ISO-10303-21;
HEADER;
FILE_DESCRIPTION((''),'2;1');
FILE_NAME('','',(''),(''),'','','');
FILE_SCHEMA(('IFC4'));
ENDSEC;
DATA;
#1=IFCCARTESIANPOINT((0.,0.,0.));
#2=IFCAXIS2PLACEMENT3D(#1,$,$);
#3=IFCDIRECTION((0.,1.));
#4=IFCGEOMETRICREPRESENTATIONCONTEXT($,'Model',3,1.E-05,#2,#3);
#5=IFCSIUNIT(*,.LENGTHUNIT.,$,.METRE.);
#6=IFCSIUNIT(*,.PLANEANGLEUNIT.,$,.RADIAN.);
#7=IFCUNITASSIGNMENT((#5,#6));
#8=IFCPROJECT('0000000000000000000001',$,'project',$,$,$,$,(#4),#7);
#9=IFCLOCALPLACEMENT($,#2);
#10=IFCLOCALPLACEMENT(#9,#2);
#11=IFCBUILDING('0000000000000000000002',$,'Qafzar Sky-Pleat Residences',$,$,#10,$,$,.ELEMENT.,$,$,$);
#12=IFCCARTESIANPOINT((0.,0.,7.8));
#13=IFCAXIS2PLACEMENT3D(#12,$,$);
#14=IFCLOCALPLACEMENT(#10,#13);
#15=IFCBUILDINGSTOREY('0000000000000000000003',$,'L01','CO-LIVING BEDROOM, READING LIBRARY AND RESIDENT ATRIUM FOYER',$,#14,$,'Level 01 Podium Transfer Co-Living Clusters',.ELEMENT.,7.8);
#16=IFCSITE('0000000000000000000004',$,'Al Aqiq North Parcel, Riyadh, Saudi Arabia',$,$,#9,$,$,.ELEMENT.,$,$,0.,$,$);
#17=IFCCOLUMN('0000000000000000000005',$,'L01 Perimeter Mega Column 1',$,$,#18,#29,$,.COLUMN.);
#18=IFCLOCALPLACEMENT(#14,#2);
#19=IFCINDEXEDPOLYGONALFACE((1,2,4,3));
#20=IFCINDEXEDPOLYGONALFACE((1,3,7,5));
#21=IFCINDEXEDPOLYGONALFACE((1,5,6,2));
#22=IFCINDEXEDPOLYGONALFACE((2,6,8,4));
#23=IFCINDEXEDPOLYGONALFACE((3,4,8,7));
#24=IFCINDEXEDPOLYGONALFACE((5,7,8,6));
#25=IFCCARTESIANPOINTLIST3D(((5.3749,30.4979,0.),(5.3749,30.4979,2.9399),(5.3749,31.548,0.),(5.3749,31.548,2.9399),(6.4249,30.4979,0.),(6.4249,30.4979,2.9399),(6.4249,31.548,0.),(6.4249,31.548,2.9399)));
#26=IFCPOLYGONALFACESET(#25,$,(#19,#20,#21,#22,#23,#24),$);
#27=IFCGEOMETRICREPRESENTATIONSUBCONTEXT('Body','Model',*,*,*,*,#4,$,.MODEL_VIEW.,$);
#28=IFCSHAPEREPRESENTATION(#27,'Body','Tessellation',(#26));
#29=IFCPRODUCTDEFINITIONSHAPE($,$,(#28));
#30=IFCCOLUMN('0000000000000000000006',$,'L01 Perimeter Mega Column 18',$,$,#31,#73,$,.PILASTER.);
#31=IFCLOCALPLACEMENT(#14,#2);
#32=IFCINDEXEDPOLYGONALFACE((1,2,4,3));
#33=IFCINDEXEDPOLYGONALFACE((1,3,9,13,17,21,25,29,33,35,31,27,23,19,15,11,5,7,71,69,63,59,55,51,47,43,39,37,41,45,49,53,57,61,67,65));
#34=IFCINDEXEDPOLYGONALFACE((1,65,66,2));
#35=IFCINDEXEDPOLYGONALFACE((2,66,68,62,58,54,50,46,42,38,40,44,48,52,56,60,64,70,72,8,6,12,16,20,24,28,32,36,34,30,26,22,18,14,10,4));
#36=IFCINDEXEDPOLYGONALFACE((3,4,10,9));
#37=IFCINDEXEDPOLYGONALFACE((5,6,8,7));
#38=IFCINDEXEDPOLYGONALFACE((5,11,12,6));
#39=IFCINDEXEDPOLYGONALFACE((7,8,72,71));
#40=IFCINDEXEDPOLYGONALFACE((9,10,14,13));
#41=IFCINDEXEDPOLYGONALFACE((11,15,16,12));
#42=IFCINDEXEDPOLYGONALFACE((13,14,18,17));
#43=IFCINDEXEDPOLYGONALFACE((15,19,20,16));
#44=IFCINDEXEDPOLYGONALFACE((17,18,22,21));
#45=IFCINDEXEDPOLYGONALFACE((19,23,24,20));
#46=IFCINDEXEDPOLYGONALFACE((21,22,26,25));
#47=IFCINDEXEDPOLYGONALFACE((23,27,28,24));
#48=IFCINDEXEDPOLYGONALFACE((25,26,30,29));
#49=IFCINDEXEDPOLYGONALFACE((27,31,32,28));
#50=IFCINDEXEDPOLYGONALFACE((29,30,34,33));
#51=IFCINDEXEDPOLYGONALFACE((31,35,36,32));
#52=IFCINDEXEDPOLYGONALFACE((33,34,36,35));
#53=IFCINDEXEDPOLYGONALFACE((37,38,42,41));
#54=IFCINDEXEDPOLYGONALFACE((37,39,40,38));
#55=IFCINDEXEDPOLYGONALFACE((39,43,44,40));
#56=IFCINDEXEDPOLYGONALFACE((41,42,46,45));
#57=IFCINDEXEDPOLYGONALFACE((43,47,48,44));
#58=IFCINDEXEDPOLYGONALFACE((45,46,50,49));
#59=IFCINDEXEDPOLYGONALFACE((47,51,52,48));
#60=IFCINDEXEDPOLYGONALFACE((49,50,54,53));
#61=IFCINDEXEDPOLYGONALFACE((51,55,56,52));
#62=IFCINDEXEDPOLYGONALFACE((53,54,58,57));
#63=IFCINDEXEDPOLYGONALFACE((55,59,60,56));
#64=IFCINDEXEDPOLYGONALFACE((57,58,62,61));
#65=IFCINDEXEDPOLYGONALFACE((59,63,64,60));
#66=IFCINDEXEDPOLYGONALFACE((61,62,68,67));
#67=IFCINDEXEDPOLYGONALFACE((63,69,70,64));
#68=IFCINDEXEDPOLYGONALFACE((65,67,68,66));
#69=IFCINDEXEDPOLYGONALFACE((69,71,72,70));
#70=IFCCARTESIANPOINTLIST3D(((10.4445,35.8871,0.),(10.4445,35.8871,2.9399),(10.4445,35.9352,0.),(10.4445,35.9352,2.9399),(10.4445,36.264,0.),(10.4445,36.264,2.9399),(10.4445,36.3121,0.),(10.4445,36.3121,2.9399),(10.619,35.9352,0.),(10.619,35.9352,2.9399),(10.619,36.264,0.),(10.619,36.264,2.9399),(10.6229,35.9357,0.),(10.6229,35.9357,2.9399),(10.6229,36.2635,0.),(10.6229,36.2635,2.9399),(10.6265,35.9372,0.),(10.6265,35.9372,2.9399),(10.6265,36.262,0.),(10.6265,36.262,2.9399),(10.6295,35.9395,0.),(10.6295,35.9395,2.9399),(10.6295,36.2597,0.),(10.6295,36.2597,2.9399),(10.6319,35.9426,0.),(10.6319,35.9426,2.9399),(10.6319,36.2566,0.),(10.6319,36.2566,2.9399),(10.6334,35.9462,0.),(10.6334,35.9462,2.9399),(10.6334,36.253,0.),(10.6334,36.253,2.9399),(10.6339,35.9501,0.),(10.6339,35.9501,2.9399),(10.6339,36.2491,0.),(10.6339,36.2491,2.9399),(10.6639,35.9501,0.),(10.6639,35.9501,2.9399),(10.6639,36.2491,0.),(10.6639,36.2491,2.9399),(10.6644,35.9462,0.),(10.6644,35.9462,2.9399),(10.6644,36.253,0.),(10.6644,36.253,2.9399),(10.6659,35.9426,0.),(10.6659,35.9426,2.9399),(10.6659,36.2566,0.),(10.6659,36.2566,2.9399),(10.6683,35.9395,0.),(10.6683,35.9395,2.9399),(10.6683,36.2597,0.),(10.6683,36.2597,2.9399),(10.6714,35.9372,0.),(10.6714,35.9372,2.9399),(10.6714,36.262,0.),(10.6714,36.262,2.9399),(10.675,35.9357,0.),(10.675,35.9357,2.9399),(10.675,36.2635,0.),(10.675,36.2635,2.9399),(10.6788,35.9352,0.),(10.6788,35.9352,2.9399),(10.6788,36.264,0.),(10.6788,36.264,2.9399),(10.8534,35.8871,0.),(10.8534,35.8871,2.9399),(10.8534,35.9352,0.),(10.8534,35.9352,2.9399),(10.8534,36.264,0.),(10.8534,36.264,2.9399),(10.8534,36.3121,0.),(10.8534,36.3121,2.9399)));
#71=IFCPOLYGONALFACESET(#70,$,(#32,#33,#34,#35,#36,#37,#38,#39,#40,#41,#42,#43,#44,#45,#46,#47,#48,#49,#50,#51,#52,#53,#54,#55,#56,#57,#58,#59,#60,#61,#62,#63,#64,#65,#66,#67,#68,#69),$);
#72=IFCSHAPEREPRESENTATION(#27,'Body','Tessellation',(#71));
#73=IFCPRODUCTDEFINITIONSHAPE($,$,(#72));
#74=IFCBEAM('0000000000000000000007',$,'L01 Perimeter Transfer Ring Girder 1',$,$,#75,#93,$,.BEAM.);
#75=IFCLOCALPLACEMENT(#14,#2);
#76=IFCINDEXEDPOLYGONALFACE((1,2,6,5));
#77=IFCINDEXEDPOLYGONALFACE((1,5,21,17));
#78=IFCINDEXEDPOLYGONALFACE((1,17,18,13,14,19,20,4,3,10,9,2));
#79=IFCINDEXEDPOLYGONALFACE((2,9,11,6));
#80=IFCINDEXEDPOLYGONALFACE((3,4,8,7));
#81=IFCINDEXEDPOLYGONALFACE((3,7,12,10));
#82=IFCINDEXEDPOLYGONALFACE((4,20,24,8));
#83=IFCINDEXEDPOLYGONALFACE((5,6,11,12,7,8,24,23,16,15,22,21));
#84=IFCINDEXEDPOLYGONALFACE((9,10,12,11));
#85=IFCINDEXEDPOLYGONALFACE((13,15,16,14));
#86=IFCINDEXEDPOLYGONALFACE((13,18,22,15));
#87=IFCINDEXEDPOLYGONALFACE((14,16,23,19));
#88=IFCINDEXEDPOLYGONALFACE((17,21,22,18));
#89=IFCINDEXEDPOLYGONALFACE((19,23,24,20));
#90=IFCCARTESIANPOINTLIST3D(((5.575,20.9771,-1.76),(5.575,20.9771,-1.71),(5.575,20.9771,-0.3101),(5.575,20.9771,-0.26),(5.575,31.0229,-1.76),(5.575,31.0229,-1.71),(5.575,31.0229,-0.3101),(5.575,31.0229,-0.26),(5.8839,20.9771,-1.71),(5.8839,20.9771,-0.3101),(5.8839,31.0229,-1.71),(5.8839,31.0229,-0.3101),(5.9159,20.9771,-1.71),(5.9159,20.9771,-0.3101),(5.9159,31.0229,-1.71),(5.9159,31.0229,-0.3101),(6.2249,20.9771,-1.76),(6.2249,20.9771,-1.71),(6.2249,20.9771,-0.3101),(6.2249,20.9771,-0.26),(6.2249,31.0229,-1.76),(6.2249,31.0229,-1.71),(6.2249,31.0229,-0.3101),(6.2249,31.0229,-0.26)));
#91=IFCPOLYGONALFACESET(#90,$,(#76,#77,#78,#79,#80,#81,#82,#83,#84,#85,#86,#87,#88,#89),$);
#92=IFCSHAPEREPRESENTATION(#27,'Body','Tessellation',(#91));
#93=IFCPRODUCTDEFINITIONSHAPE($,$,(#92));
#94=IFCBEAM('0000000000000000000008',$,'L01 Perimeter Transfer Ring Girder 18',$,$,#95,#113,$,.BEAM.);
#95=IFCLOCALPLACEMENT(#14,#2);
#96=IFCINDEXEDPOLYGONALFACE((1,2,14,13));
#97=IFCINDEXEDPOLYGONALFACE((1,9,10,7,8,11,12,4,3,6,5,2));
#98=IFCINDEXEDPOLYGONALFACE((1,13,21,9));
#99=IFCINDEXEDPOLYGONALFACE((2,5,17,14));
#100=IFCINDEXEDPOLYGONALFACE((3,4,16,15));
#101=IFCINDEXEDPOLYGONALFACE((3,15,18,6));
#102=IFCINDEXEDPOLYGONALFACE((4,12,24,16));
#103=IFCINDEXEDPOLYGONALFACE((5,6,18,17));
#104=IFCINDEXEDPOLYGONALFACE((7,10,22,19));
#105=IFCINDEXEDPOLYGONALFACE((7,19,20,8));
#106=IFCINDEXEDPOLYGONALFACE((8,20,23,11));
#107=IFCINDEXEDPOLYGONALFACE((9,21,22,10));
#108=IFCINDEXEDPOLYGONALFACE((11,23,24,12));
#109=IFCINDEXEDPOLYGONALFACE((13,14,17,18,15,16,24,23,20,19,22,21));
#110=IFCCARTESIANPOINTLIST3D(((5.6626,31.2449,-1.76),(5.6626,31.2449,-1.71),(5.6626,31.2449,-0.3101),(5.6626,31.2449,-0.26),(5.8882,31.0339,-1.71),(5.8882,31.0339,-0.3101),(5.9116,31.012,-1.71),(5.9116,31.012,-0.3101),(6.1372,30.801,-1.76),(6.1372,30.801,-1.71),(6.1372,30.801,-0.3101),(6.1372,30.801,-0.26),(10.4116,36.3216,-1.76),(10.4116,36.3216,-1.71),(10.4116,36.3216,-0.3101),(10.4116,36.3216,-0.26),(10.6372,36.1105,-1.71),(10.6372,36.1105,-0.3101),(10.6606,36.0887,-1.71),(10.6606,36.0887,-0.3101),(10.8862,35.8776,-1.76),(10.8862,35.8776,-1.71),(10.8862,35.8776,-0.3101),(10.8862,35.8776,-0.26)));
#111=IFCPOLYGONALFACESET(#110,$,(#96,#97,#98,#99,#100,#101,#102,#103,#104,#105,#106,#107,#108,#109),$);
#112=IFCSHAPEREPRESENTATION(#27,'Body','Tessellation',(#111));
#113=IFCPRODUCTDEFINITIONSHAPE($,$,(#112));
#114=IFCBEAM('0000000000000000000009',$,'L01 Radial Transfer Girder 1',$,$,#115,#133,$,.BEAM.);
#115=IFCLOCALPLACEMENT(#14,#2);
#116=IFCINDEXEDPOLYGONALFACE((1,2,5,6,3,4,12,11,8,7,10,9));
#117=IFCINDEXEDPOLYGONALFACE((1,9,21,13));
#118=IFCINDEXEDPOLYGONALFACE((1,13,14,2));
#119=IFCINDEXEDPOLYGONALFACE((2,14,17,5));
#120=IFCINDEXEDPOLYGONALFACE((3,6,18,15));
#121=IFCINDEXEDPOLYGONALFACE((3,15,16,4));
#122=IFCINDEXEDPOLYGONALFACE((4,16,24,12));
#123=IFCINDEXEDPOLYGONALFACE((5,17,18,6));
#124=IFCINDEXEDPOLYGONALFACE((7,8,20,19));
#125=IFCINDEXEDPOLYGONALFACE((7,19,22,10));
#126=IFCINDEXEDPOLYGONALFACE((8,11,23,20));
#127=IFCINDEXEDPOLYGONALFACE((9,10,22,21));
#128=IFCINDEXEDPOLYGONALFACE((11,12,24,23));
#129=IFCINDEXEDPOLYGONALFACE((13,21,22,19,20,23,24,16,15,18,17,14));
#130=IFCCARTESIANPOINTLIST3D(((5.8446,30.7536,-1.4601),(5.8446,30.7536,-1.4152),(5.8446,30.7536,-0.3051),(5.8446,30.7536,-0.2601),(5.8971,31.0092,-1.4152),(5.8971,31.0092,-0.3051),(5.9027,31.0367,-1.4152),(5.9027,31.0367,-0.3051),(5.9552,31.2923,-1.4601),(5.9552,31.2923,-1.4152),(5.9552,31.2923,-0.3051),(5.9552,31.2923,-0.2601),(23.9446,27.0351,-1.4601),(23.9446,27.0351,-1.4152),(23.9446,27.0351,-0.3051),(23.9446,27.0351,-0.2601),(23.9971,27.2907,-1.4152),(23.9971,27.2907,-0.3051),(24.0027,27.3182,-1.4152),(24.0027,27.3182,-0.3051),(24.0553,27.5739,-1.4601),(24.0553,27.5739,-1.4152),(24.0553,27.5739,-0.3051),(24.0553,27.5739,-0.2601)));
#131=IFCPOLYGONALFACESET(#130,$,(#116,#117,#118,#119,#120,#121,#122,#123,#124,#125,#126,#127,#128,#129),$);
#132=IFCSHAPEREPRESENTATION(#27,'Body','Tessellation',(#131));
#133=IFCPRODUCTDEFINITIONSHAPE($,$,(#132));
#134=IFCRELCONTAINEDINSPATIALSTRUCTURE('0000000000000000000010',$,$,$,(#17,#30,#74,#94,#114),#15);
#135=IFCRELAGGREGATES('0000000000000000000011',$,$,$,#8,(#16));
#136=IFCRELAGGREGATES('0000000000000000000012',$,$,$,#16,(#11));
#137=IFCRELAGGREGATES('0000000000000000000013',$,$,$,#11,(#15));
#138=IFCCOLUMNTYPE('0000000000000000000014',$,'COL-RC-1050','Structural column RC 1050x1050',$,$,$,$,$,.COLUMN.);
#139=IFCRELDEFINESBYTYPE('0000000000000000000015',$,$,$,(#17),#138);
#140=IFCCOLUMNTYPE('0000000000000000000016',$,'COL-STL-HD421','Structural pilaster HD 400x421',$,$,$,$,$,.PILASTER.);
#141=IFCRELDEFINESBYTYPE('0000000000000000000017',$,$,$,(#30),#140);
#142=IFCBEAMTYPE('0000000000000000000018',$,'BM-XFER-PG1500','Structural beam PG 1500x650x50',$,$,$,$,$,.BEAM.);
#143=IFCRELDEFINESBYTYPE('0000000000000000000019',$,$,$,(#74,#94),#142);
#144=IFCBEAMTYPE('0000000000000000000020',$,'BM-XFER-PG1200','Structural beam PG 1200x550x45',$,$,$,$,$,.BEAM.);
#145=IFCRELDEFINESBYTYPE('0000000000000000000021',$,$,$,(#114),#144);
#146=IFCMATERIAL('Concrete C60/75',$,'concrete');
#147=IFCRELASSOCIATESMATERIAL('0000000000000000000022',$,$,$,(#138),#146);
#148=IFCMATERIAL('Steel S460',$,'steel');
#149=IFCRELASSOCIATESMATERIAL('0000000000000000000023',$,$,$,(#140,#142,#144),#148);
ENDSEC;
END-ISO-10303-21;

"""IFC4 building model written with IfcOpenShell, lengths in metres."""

from ifc_helpers import new_model, si_unit, direction, frame, origin, origin_2d, place, context, subcontext, project, spatial, rectangle, i_section, extrude, source, transform, mapped, material, material_profile, profile_set, type_object, element, save


model = new_model("IFC4")

# Units and contexts
model_context = context("Model", 3, precision=1e-05, world=origin(), true_north=direction((0.0, 1.0)))
body_context = subcontext(model_context, "Body", "Model", "MODEL_VIEW")
ifc_project = project(units=[si_unit("LENGTHUNIT", "METRE"), si_unit("PLANEANGLEUNIT", "RADIAN")], contexts=[model_context])

# Site, building, storey
site_placement = place(None, origin())
site = spatial("IfcSite", under=ifc_project, at=site_placement, Name="Al Aqiq North Parcel, Riyadh, Saudi Arabia", CompositionType="ELEMENT", RefElevation=0.0)
building_placement = place(site_placement, origin())
building = spatial("IfcBuilding", under=site, at=building_placement, Name="Qafzar Sky-Pleat Residences", CompositionType="ELEMENT")
storey_placement = place(building_placement, frame((0.0, 0.0, 7.8)))
storey = spatial("IfcBuildingStorey", under=building, at=storey_placement, Name="L01", Description="CO-LIVING BEDROOM, READING LIBRARY AND RESIDENT ATRIUM FOYER", LongName="Level 01 Podium Transfer Co-Living Clusters", CompositionType="ELEMENT", Elevation=7.8)

# Columns
ifc_material_1 = material(Name="Concrete C60/75", Category="concrete")
ifc_material_profile_1 = material_profile(ifc_material_1, rectangle(XDim=1.05, YDim=1.05, at=origin_2d()), Name="RC 1050x1050")
ifc_profile_set_1 = profile_set([ifc_material_profile_1], Name="Concrete C60/75")
column_type_1 = type_object("IfcColumnType", Name="COL-RC-1050", Description="Structural column RC 1050x1050", PredefinedType="COLUMN", material=ifc_profile_set_1)
shared_shape_1 = source(origin(), body_context, "Body", "SweptSolid", [
    extrude(rectangle(XDim=1.05, YDim=1.05, at=origin_2d()), origin(), (0.0, 0.0, 1.0), 2.9399),
])
column_1_placement = place(storey_placement, frame((5.8999, 31.0229, 0.0), z_axis=(0.0, 0.0, 1.0), x_axis=(1.0, 0.0, 0.0)))
element("IfcColumn", 1, at=column_1_placement, inside=storey, type_object=column_type_1, Name="L01 Perimeter Mega Column 1", PredefinedType="COLUMN", context=body_context, shape_type="MappedRepresentation", body=[
    mapped(shared_shape_1, transform((0.0, 0.0, 0.0), x_axis=(1.0, 0.0, 0.0), y_axis=(0.0, 1.0, 0.0), z_axis=(0.0, 0.0, 1.0), scale=1.0)),
])
ifc_material_2 = material(Name="Steel S460", Category="steel")
ifc_material_profile_2 = material_profile(ifc_material_2, i_section(OverallWidth=0.4089, OverallDepth=0.425, WebThickness=0.03, FlangeThickness=0.0481, FilletRadius=0.0149, at=origin_2d()), Name="HD 400x421")
ifc_profile_set_2 = profile_set([ifc_material_profile_2], Name="Steel S460")
column_type_2 = type_object("IfcColumnType", Name="COL-STL-HD421", Description="Structural pilaster HD 400x421", PredefinedType="PILASTER", material=ifc_profile_set_2)
shared_shape_2 = source(origin(), body_context, "Body", "SweptSolid", [
    extrude(i_section(OverallWidth=0.4089, OverallDepth=0.425, WebThickness=0.03, FlangeThickness=0.0481, FilletRadius=0.0149, at=origin_2d()), origin(), (0.0, 0.0, 1.0), 2.9399),
])
column_2_placement = place(storey_placement, frame((10.6489, 36.0996, 0.0), z_axis=(0.0, 0.0, 1.0), x_axis=(1.0, 0.0, 0.0)))
element("IfcColumn", 2, at=column_2_placement, inside=storey, type_object=column_type_2, Name="L01 Perimeter Mega Column 18", PredefinedType="PILASTER", context=body_context, shape_type="MappedRepresentation", body=[
    mapped(shared_shape_2, transform((0.0, 0.0, 0.0), x_axis=(1.0, 0.0, 0.0), y_axis=(0.0, 1.0, 0.0), z_axis=(0.0, 0.0, 1.0), scale=1.0)),
])

# Beams
ifc_material_profile_3 = material_profile(ifc_material_2, i_section(OverallWidth=0.6499, OverallDepth=1.5, WebThickness=0.032, FlangeThickness=0.05, at=origin_2d()), Name="PG 1500x650x50")
ifc_profile_set_3 = profile_set([ifc_material_profile_3], Name="Steel S460")
beam_type_1 = type_object("IfcBeamType", Name="BM-XFER-PG1500", Description="Structural beam PG 1500x650x50", PredefinedType="BEAM", material=ifc_profile_set_3)
shared_shape_3 = source(origin(), body_context, "Body", "SweptSolid", [
    extrude(i_section(OverallWidth=0.6499, OverallDepth=1.5, WebThickness=0.032, FlangeThickness=0.05, at=origin_2d()), origin(), (0.0, 0.0, 1.0), 10.0459),
])
beam_1_placement = place(storey_placement, frame((5.8999, 31.0229, -1.01), z_axis=(0.0, -1.0, 0.0), x_axis=(1.0, 0.0, 0.0)))
element("IfcBeam", 3, at=beam_1_placement, inside=storey, type_object=beam_type_1, Name="L01 Perimeter Transfer Ring Girder 1", PredefinedType="BEAM", context=body_context, shape_type="MappedRepresentation", body=[
    mapped(shared_shape_3, transform((0.0, 0.0, 0.0), x_axis=(1.0, 0.0, 0.0), y_axis=(0.0, 1.0, 0.0), z_axis=(0.0, 0.0, 1.0), scale=1.0)),
])
shared_shape_4 = source(origin(), body_context, "Body", "SweptSolid", [
    extrude(i_section(OverallWidth=0.6499, OverallDepth=1.5, WebThickness=0.032, FlangeThickness=0.05, at=origin_2d()), origin(), (0.0, 0.0, 1.0), 6.9517),
])
beam_2_placement = place(storey_placement, frame((10.6489, 36.0996, -1.01), z_axis=(-0.683149, -0.730279, 0.0), x_axis=(0.730279, -0.683149, 0.0)))
element("IfcBeam", 4, at=beam_2_placement, inside=storey, type_object=beam_type_1, Name="L01 Perimeter Transfer Ring Girder 18", PredefinedType="BEAM", context=body_context, shape_type="MappedRepresentation", body=[
    mapped(shared_shape_4, transform((0.0, 0.0, 0.0), x_axis=(1.0, 0.0, 0.0), y_axis=(0.0, 1.0, 0.0), z_axis=(0.0, 0.0, 1.0), scale=1.0)),
])
ifc_material_profile_4 = material_profile(ifc_material_2, i_section(OverallWidth=0.55, OverallDepth=1.2, WebThickness=0.0281, FlangeThickness=0.0449, at=origin_2d()), Name="PG 1200x550x45")
ifc_profile_set_4 = profile_set([ifc_material_profile_4], Name="Steel S460")
beam_type_2 = type_object("IfcBeamType", Name="BM-XFER-PG1200", Description="Structural beam PG 1200x550x45", PredefinedType="BEAM", material=ifc_profile_set_4)
shared_shape_5 = source(origin(), body_context, "Body", "SweptSolid", [
    extrude(i_section(OverallWidth=0.55, OverallDepth=1.2, WebThickness=0.0281, FlangeThickness=0.0449, at=origin_2d()), origin(), (0.0, 0.0, 1.0), 18.478),
])
beam_3_placement = place(storey_placement, frame((5.8999, 31.0229, -0.8601), z_axis=(0.979542, -0.201238, 0.0), x_axis=(0.201238, 0.979542, 0.0)))
element("IfcBeam", 5, at=beam_3_placement, inside=storey, type_object=beam_type_2, Name="L01 Radial Transfer Girder 1", PredefinedType="BEAM", context=body_context, shape_type="MappedRepresentation", body=[
    mapped(shared_shape_5, transform((0.0, 0.0, 0.0), x_axis=(1.0, 0.0, 0.0), y_axis=(0.0, 1.0, 0.0), z_axis=(0.0, 0.0, 1.0), scale=1.0)),
])

save(model, "model.ifc")
